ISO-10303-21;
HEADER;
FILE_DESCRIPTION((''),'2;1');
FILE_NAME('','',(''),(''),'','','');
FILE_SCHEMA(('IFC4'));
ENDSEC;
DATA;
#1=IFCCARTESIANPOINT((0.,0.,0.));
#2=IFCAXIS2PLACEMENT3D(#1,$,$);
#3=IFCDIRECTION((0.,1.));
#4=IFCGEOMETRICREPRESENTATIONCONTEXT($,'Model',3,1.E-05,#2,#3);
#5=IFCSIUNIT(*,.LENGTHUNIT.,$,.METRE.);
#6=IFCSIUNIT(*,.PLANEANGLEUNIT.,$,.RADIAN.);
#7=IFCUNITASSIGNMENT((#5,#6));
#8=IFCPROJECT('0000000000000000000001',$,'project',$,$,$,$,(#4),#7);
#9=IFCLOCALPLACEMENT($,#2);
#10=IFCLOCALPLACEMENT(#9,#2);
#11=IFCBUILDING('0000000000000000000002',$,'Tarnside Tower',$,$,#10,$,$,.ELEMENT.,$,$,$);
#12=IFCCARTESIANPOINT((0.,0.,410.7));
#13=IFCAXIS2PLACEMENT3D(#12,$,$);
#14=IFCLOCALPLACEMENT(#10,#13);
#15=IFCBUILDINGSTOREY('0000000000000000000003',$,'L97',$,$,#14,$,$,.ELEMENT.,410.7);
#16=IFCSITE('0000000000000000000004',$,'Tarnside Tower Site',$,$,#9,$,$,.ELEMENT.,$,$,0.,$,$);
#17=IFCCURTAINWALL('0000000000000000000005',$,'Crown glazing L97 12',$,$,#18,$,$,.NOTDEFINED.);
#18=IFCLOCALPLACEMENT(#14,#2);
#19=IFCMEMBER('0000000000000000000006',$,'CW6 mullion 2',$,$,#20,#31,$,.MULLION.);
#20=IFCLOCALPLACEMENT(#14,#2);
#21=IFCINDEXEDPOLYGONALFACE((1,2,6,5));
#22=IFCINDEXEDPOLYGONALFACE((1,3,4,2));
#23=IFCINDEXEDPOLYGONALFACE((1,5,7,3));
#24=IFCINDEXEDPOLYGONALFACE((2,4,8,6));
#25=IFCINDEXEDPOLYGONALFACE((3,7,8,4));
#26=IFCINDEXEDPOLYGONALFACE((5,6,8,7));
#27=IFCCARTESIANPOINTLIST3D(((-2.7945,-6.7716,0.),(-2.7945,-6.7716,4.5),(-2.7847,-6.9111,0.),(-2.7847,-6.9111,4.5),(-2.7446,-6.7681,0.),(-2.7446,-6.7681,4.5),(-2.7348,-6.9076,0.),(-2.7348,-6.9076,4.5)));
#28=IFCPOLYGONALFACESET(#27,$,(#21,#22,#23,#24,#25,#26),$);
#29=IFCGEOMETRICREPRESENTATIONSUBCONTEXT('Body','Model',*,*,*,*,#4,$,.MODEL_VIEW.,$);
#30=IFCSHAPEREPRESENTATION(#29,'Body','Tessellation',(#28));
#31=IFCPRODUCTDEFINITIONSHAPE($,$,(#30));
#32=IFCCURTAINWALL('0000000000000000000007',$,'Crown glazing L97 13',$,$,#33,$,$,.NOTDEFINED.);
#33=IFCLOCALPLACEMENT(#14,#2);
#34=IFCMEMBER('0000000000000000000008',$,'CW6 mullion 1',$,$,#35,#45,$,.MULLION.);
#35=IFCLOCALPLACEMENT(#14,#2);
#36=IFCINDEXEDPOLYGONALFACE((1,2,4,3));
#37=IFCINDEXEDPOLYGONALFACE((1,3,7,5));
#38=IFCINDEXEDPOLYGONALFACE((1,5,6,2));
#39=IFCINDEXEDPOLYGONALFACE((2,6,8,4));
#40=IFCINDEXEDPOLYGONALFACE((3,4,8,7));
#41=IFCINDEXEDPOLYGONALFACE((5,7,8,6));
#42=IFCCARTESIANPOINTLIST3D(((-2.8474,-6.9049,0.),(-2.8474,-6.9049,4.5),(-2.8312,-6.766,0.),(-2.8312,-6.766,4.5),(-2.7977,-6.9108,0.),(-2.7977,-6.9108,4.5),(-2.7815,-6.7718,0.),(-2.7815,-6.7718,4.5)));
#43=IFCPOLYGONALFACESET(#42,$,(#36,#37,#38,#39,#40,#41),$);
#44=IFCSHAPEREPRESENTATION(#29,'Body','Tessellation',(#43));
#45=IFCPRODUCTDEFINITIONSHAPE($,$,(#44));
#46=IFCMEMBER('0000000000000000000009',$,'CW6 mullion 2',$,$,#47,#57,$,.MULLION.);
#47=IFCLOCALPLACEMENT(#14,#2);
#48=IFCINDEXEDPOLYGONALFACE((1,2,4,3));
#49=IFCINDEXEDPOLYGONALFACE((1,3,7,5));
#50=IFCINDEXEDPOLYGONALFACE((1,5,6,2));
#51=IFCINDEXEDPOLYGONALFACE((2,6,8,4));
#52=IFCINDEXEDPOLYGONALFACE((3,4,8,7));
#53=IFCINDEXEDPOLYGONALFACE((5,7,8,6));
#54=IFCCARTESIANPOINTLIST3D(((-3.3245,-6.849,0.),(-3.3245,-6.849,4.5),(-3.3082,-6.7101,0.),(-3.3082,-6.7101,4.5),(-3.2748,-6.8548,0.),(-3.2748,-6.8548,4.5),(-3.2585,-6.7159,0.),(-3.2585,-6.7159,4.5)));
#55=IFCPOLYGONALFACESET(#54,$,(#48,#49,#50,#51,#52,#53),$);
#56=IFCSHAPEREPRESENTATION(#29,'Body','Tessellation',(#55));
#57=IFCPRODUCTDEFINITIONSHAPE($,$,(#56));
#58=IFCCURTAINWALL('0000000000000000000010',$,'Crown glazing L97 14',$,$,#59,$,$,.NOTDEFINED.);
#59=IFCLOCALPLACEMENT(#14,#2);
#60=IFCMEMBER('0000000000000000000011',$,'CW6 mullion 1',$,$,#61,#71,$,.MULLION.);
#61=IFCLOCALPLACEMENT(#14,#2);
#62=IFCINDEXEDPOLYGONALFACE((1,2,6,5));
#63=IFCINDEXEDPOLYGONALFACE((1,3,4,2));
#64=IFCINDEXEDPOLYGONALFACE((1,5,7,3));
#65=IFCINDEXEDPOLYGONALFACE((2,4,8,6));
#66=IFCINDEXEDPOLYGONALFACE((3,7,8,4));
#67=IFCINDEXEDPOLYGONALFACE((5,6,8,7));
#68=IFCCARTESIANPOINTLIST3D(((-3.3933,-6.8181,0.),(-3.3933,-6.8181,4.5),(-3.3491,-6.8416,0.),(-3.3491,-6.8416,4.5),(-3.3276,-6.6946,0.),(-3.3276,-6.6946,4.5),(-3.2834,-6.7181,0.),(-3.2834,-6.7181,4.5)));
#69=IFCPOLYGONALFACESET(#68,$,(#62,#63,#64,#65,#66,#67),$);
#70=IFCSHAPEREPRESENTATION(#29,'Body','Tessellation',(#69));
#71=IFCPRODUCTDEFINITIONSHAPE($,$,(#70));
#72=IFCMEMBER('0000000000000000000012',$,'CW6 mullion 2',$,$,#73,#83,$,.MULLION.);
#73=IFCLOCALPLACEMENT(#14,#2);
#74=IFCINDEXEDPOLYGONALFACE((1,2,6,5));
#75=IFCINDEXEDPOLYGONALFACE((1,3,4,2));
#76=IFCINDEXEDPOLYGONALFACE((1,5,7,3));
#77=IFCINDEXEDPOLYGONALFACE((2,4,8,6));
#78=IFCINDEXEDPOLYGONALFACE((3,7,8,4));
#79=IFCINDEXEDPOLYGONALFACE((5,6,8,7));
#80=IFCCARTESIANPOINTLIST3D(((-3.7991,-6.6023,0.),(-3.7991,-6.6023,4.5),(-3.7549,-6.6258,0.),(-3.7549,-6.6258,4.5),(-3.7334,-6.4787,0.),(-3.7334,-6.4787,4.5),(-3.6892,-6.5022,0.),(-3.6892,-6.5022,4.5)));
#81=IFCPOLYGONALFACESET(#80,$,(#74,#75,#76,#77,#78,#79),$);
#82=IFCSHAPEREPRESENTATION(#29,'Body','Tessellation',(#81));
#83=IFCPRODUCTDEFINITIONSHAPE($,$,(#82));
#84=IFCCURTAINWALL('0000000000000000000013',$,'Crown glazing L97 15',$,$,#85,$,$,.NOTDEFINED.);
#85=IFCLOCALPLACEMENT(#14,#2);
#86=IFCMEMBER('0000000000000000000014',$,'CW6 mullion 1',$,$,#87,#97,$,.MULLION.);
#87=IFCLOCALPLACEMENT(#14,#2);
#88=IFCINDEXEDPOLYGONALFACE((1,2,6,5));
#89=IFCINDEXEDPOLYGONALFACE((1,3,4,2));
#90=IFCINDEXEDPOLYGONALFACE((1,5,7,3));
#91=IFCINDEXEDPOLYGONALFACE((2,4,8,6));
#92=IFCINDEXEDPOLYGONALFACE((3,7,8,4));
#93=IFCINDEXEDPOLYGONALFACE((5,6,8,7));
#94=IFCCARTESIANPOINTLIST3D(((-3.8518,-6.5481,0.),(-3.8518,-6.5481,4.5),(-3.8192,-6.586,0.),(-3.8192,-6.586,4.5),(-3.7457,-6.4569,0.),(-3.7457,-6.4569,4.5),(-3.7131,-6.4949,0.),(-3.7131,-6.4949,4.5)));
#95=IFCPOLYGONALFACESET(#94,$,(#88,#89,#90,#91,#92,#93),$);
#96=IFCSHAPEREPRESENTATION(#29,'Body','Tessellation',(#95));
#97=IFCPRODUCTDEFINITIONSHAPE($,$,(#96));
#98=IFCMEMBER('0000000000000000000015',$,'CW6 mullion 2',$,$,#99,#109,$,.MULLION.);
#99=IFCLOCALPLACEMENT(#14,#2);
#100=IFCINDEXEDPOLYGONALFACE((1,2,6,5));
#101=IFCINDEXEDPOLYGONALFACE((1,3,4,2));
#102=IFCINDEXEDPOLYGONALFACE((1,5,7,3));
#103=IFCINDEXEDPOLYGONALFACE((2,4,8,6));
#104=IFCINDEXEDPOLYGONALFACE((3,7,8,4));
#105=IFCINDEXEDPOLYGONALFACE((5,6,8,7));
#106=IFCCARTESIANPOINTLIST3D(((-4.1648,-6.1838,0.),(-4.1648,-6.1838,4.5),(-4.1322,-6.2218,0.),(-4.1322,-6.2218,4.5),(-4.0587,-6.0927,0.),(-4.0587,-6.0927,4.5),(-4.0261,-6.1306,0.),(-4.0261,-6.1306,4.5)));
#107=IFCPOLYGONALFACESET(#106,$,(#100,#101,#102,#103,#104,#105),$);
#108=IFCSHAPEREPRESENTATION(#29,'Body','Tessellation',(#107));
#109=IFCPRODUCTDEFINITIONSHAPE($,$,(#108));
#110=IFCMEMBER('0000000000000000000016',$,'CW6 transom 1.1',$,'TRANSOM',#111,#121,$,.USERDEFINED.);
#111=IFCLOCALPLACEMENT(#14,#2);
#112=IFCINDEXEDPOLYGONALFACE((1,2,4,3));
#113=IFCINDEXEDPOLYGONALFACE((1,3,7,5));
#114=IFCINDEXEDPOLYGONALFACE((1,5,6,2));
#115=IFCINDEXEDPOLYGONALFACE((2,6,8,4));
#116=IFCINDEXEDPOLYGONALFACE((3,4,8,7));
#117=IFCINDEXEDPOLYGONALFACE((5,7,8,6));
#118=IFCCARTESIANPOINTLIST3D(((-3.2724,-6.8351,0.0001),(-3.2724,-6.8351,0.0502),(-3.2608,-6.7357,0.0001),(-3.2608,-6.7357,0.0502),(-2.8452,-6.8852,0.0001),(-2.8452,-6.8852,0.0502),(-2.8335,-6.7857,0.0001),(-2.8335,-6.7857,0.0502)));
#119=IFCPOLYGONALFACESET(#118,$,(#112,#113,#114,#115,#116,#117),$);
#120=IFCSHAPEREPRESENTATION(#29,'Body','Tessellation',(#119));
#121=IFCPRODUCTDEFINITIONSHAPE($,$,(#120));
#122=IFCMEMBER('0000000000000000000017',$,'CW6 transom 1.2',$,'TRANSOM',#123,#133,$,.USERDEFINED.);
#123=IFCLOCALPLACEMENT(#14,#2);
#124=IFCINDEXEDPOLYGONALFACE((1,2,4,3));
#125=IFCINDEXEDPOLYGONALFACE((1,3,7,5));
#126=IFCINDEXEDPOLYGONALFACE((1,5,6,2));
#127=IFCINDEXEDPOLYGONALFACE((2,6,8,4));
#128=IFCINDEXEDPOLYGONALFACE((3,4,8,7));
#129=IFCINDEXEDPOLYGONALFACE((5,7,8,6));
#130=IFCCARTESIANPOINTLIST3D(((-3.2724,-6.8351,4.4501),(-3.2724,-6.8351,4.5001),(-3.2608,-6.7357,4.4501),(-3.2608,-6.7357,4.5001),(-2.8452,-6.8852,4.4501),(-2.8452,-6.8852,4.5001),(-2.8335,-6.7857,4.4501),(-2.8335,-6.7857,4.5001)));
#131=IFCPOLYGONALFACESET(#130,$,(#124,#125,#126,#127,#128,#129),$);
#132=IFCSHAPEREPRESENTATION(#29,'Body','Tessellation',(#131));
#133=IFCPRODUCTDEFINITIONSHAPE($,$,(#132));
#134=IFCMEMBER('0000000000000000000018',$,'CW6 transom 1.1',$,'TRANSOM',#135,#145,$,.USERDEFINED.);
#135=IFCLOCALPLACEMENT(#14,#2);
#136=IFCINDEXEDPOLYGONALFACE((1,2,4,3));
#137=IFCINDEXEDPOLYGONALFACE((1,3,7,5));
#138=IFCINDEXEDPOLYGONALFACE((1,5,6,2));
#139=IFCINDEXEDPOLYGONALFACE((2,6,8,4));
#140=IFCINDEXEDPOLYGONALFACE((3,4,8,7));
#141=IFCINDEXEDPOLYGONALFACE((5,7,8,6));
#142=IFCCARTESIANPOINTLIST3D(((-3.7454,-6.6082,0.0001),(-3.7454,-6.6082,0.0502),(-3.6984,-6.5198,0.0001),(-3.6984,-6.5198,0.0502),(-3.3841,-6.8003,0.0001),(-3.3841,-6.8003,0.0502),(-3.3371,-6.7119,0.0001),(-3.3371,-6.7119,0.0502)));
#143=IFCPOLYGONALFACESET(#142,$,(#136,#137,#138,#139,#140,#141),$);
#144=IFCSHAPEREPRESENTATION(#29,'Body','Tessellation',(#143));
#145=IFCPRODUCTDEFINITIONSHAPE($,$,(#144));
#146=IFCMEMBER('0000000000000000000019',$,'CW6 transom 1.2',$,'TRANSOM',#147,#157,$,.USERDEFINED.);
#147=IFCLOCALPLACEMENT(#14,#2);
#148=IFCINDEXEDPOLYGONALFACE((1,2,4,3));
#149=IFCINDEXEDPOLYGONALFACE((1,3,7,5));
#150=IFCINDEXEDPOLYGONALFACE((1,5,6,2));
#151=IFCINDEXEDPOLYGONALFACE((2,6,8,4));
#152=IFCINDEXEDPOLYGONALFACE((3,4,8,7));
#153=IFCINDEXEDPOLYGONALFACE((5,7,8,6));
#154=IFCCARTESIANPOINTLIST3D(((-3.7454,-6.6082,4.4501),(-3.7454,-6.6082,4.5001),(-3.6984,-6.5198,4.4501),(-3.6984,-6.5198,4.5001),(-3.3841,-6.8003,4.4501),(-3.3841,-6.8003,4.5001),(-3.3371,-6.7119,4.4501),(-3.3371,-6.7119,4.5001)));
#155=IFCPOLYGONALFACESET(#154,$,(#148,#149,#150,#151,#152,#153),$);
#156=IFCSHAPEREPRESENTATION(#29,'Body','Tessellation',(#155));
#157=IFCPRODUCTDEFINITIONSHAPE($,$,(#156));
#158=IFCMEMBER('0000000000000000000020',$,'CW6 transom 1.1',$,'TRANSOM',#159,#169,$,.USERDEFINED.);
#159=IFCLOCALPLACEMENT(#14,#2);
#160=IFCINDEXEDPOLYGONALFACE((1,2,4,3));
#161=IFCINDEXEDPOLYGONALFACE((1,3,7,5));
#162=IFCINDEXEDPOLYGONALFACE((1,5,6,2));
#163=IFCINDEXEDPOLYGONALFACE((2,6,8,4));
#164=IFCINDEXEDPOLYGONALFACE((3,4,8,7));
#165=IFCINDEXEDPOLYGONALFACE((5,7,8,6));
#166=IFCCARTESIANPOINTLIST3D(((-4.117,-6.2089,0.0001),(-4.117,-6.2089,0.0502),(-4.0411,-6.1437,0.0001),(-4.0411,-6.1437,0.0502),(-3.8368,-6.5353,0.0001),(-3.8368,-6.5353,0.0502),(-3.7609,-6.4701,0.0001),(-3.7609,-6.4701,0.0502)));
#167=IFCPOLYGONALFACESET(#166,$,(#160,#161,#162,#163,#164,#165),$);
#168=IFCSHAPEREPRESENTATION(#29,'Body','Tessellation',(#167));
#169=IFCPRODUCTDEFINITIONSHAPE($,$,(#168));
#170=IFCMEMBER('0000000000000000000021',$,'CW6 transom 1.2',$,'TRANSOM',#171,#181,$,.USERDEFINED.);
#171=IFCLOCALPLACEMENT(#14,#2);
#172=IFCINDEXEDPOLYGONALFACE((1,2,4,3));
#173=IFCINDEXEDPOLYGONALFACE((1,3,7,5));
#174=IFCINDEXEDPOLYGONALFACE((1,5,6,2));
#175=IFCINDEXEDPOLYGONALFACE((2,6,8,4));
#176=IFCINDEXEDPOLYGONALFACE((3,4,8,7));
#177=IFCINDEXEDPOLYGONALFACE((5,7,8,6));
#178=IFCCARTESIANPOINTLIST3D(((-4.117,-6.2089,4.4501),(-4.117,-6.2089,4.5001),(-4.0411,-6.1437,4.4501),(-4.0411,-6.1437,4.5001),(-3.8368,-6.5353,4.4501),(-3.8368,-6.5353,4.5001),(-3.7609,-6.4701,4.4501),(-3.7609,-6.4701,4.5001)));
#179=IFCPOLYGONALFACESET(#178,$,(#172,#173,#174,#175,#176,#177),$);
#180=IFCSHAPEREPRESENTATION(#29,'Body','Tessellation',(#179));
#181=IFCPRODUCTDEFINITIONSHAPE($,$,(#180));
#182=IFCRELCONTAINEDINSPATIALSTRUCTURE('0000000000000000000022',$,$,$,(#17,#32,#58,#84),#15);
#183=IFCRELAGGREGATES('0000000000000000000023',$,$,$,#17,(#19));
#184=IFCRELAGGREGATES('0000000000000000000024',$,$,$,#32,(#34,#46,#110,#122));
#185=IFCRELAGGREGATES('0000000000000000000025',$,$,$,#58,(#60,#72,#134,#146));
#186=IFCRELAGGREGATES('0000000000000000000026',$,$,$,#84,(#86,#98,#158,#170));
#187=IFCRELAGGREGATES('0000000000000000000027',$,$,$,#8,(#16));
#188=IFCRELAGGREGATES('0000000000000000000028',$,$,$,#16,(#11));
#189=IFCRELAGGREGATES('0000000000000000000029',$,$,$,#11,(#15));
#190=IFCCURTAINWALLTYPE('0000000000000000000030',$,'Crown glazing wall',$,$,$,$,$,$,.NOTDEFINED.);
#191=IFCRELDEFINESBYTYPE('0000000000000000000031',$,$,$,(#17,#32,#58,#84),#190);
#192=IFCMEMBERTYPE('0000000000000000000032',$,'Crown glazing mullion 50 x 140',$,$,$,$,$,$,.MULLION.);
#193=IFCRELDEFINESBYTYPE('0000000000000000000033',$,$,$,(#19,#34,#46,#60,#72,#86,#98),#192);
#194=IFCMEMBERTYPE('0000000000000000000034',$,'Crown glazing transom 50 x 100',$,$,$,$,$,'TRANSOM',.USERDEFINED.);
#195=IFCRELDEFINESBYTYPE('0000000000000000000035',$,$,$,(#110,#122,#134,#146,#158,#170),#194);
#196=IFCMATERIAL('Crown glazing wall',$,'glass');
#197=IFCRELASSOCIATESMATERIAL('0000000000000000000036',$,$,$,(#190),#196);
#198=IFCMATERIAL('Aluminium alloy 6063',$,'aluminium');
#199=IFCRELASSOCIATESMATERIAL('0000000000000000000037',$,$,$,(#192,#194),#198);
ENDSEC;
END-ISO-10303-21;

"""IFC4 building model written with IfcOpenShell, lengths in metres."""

from ifc_helpers import new_model, si_unit, direction, frame, origin, origin_2d, place, context, subcontext, project, spatial, rectangle, extrude, material, material_profile, profile_set, type_object, element, aggregate, save


model = new_model("IFC4")

# Units and contexts
model_context = context("Model", 3, precision=1e-05, world=origin(), true_north=direction((0.0, 1.0)))
body_context = subcontext(model_context, "Body", "Model", "MODEL_VIEW")
ifc_project = project(units=[si_unit("LENGTHUNIT", "METRE"), si_unit("PLANEANGLEUNIT", "RADIAN")], contexts=[model_context])

# Site, building, storey
site_placement = place(None, origin())
site = spatial("IfcSite", under=ifc_project, at=site_placement, Name="Tarnside Tower Site", CompositionType="ELEMENT", RefElevation=0.0)
building_placement = place(site_placement, origin())
building = spatial("IfcBuilding", under=site, at=building_placement, Name="Tarnside Tower", CompositionType="ELEMENT")
storey_placement = place(building_placement, frame((0.0, 0.0, 410.7)))
storey = spatial("IfcBuildingStorey", under=building, at=storey_placement, Name="L97", CompositionType="ELEMENT", Elevation=410.7)

# Curtain wall, member
ifc_material_1 = material(Name="Crown glazing wall", Category="glass")
curtain_wall_type_1 = type_object("IfcCurtainWallType", Name="Crown glazing wall", PredefinedType="NOTDEFINED", material=ifc_material_1)
curtain_wall_1_placement = place(storey_placement, origin())
curtain_wall_1 = element("IfcCurtainWall", 1, at=curtain_wall_1_placement, inside=storey, type_object=curtain_wall_type_1, Name="Crown glazing L97 12", PredefinedType="NOTDEFINED")
ifc_material_2 = material(Name="Aluminium alloy 6063", Category="aluminium")
ifc_material_profile_1 = material_profile(ifc_material_2, rectangle(XDim=0.1399, YDim=0.05, at=origin_2d()), Name="Crown glazing mullion 50 x 140")
ifc_profile_set_1 = profile_set([ifc_material_profile_1], Name="Aluminium alloy 6063")
member_type_1 = type_object("IfcMemberType", Name="Crown glazing mullion 50 x 140", PredefinedType="MULLION", material=ifc_profile_set_1)
member_1_placement = place(storey_placement, frame((-2.7646, -6.8396, 0.0), z_axis=(0.0, 0.0, 1.0), x_axis=(0.069756, -0.997564, 0.0)))
member_1 = element("IfcMember", 2, at=member_1_placement, type_object=member_type_1, Name="CW6 mullion 2", PredefinedType="MULLION", context=body_context, shape_type="SweptSolid", body=[
    extrude(rectangle(XDim=0.1399, YDim=0.05, at=origin_2d()), origin(), (0.0, 0.0, 1.0), 4.5),
])
aggregate(curtain_wall_1, [member_1])

# Curtain walls, members
curtain_wall_2_placement = place(storey_placement, origin())
curtain_wall_2 = element("IfcCurtainWall", 3, at=curtain_wall_2_placement, inside=storey, type_object=curtain_wall_type_1, Name="Crown glazing L97 13", PredefinedType="NOTDEFINED")
member_2_placement = place(storey_placement, frame((-2.8145, -6.8384, 0.0), z_axis=(0.0, 0.0, 1.0), x_axis=(-0.116093, -0.993238, 0.0)))
member_2 = element("IfcMember", 4, at=member_2_placement, type_object=member_type_1, Name="CW6 mullion 1", PredefinedType="MULLION", context=body_context, shape_type="SweptSolid", body=[
    extrude(rectangle(XDim=0.1399, YDim=0.05, at=origin_2d()), origin(), (0.0, 0.0, 1.0), 4.5),
])
member_3_placement = place(storey_placement, frame((-3.2915, -6.7825, 0.0), z_axis=(0.0, 0.0, 1.0), x_axis=(-0.116093, -0.993238, 0.0)))
member_3 = element("IfcMember", 5, at=member_3_placement, type_object=member_type_1, Name="CW6 mullion 2", PredefinedType="MULLION", context=body_context, shape_type="SweptSolid", body=[
    extrude(rectangle(XDim=0.1399, YDim=0.05, at=origin_2d()), origin(), (0.0, 0.0, 1.0), 4.5),
])
curtain_wall_3_placement = place(storey_placement, origin())
curtain_wall_3 = element("IfcCurtainWall", 6, at=curtain_wall_3_placement, inside=storey, type_object=curtain_wall_type_1, Name="Crown glazing L97 14", PredefinedType="NOTDEFINED")
member_4_placement = place(storey_placement, frame((-3.3384, -6.7681, 0.0), z_axis=(0.0, 0.0, 1.0), x_axis=(-0.469472, -0.882948, 0.0)))
member_4 = element("IfcMember", 7, at=member_4_placement, type_object=member_type_1, Name="CW6 mullion 1", PredefinedType="MULLION", context=body_context, shape_type="SweptSolid", body=[
    extrude(rectangle(XDim=0.1399, YDim=0.05, at=origin_2d()), origin(), (0.0, 0.0, 1.0), 4.5),
])
member_5_placement = place(storey_placement, frame((-3.7441, -6.5522, 0.0), z_axis=(0.0, 0.0, 1.0), x_axis=(-0.469472, -0.882948, 0.0)))
member_5 = element("IfcMember", 8, at=member_5_placement, type_object=member_type_1, Name="CW6 mullion 2", PredefinedType="MULLION", context=body_context, shape_type="SweptSolid", body=[
    extrude(rectangle(XDim=0.1399, YDim=0.05, at=origin_2d()), origin(), (0.0, 0.0, 1.0), 4.5),
])
curtain_wall_4_placement = place(storey_placement, origin())
curtain_wall_4 = element("IfcCurtainWall", 9, at=curtain_wall_4_placement, inside=storey, type_object=curtain_wall_type_1, Name="Crown glazing L97 15", PredefinedType="NOTDEFINED")
member_6_placement = place(storey_placement, frame((-3.7825, -6.5215, 0.0), z_axis=(0.0, 0.0, 1.0), x_axis=(-0.758514, -0.651657, 0.0)))
member_6 = element("IfcMember", 10, at=member_6_placement, type_object=member_type_1, Name="CW6 mullion 1", PredefinedType="MULLION", context=body_context, shape_type="SweptSolid", body=[
    extrude(rectangle(XDim=0.1399, YDim=0.05, at=origin_2d()), origin(), (0.0, 0.0, 1.0), 4.5),
])
member_7_placement = place(storey_placement, frame((-4.0955, -6.1572, 0.0), z_axis=(0.0, 0.0, 1.0), x_axis=(-0.758514, -0.651657, 0.0)))
member_7 = element("IfcMember", 11, at=member_7_placement, type_object=member_type_1, Name="CW6 mullion 2", PredefinedType="MULLION", context=body_context, shape_type="SweptSolid", body=[
    extrude(rectangle(XDim=0.1399, YDim=0.05, at=origin_2d()), origin(), (0.0, 0.0, 1.0), 4.5),
])

# Members
ifc_material_profile_2 = material_profile(ifc_material_2, rectangle(XDim=0.1001, YDim=0.05, at=origin_2d()), Name="Crown glazing transom 50 x 100")
ifc_profile_set_2 = profile_set([ifc_material_profile_2], Name="Aluminium alloy 6063")
member_type_2 = type_object("IfcMemberType", Name="Crown glazing transom 50 x 100", ElementType="TRANSOM", PredefinedType="USERDEFINED", material=ifc_profile_set_2)
member_8_placement = place(storey_placement, frame((-2.8394, -6.8354, 0.0251), z_axis=(-0.993209, 0.116347, 0.0), x_axis=(-0.116347, -0.993209, 0.0)))
member_8 = element("IfcMember", 12, at=member_8_placement, type_object=member_type_2, Name="CW6 transom 1.1", ObjectType="TRANSOM", PredefinedType="USERDEFINED", context=body_context, shape_type="SweptSolid", body=[
    extrude(rectangle(XDim=0.1001, YDim=0.05, at=origin_2d()), origin(), (0.0, 0.0, 1.0), 0.4302),
])
member_9_placement = place(storey_placement, frame((-2.8394, -6.8354, 4.4751), z_axis=(-0.993209, 0.116347, 0.0), x_axis=(-0.116347, -0.993209, 0.0)))
member_9 = element("IfcMember", 13, at=member_9_placement, type_object=member_type_2, Name="CW6 transom 1.2", ObjectType="TRANSOM", PredefinedType="USERDEFINED", context=body_context, shape_type="SweptSolid", body=[
    extrude(rectangle(XDim=0.1001, YDim=0.05, at=origin_2d()), origin(), (0.0, 0.0, 1.0), 0.4302),
])
member_10_placement = place(storey_placement, frame((-3.3606, -6.7561, 0.0251), z_axis=(-0.88293, 0.469504, 0.0), x_axis=(-0.469504, -0.88293, 0.0)))
member_10 = element("IfcMember", 14, at=member_10_placement, type_object=member_type_2, Name="CW6 transom 1.1", ObjectType="TRANSOM", PredefinedType="USERDEFINED", context=body_context, shape_type="SweptSolid", body=[
    extrude(rectangle(XDim=0.1001, YDim=0.05, at=origin_2d()), origin(), (0.0, 0.0, 1.0), 0.4092),
])
member_11_placement = place(storey_placement, frame((-3.3606, -6.7561, 4.4751), z_axis=(-0.88293, 0.469504, 0.0), x_axis=(-0.469504, -0.88293, 0.0)))
member_11 = element("IfcMember", 15, at=member_11_placement, type_object=member_type_2, Name="CW6 transom 1.2", ObjectType="TRANSOM", PredefinedType="USERDEFINED", context=body_context, shape_type="SweptSolid", body=[
    extrude(rectangle(XDim=0.1001, YDim=0.05, at=origin_2d()), origin(), (0.0, 0.0, 1.0), 0.4092),
])
member_12_placement = place(storey_placement, frame((-3.7988, -6.5027, 0.0251), z_axis=(-0.651445, 0.758696, 0.0), x_axis=(-0.758696, -0.651445, 0.0)))
member_12 = element("IfcMember", 16, at=member_12_placement, type_object=member_type_2, Name="CW6 transom 1.1", ObjectType="TRANSOM", PredefinedType="USERDEFINED", context=body_context, shape_type="SweptSolid", body=[
    extrude(rectangle(XDim=0.1001, YDim=0.05, at=origin_2d()), origin(), (0.0, 0.0, 1.0), 0.4302),
])
member_13_placement = place(storey_placement, frame((-3.7988, -6.5027, 4.4751), z_axis=(-0.651445, 0.758696, 0.0), x_axis=(-0.758696, -0.651445, 0.0)))
member_13 = element("IfcMember", 17, at=member_13_placement, type_object=member_type_2, Name="CW6 transom 1.2", ObjectType="TRANSOM", PredefinedType="USERDEFINED", context=body_context, shape_type="SweptSolid", body=[
    extrude(rectangle(XDim=0.1001, YDim=0.05, at=origin_2d()), origin(), (0.0, 0.0, 1.0), 0.4302),
])

aggregate(curtain_wall_2, [member_2, member_3, member_8, member_9])
aggregate(curtain_wall_3, [member_4, member_5, member_10, member_11])
aggregate(curtain_wall_4, [member_6, member_7, member_12, member_13])

save(model, "model.ifc")
